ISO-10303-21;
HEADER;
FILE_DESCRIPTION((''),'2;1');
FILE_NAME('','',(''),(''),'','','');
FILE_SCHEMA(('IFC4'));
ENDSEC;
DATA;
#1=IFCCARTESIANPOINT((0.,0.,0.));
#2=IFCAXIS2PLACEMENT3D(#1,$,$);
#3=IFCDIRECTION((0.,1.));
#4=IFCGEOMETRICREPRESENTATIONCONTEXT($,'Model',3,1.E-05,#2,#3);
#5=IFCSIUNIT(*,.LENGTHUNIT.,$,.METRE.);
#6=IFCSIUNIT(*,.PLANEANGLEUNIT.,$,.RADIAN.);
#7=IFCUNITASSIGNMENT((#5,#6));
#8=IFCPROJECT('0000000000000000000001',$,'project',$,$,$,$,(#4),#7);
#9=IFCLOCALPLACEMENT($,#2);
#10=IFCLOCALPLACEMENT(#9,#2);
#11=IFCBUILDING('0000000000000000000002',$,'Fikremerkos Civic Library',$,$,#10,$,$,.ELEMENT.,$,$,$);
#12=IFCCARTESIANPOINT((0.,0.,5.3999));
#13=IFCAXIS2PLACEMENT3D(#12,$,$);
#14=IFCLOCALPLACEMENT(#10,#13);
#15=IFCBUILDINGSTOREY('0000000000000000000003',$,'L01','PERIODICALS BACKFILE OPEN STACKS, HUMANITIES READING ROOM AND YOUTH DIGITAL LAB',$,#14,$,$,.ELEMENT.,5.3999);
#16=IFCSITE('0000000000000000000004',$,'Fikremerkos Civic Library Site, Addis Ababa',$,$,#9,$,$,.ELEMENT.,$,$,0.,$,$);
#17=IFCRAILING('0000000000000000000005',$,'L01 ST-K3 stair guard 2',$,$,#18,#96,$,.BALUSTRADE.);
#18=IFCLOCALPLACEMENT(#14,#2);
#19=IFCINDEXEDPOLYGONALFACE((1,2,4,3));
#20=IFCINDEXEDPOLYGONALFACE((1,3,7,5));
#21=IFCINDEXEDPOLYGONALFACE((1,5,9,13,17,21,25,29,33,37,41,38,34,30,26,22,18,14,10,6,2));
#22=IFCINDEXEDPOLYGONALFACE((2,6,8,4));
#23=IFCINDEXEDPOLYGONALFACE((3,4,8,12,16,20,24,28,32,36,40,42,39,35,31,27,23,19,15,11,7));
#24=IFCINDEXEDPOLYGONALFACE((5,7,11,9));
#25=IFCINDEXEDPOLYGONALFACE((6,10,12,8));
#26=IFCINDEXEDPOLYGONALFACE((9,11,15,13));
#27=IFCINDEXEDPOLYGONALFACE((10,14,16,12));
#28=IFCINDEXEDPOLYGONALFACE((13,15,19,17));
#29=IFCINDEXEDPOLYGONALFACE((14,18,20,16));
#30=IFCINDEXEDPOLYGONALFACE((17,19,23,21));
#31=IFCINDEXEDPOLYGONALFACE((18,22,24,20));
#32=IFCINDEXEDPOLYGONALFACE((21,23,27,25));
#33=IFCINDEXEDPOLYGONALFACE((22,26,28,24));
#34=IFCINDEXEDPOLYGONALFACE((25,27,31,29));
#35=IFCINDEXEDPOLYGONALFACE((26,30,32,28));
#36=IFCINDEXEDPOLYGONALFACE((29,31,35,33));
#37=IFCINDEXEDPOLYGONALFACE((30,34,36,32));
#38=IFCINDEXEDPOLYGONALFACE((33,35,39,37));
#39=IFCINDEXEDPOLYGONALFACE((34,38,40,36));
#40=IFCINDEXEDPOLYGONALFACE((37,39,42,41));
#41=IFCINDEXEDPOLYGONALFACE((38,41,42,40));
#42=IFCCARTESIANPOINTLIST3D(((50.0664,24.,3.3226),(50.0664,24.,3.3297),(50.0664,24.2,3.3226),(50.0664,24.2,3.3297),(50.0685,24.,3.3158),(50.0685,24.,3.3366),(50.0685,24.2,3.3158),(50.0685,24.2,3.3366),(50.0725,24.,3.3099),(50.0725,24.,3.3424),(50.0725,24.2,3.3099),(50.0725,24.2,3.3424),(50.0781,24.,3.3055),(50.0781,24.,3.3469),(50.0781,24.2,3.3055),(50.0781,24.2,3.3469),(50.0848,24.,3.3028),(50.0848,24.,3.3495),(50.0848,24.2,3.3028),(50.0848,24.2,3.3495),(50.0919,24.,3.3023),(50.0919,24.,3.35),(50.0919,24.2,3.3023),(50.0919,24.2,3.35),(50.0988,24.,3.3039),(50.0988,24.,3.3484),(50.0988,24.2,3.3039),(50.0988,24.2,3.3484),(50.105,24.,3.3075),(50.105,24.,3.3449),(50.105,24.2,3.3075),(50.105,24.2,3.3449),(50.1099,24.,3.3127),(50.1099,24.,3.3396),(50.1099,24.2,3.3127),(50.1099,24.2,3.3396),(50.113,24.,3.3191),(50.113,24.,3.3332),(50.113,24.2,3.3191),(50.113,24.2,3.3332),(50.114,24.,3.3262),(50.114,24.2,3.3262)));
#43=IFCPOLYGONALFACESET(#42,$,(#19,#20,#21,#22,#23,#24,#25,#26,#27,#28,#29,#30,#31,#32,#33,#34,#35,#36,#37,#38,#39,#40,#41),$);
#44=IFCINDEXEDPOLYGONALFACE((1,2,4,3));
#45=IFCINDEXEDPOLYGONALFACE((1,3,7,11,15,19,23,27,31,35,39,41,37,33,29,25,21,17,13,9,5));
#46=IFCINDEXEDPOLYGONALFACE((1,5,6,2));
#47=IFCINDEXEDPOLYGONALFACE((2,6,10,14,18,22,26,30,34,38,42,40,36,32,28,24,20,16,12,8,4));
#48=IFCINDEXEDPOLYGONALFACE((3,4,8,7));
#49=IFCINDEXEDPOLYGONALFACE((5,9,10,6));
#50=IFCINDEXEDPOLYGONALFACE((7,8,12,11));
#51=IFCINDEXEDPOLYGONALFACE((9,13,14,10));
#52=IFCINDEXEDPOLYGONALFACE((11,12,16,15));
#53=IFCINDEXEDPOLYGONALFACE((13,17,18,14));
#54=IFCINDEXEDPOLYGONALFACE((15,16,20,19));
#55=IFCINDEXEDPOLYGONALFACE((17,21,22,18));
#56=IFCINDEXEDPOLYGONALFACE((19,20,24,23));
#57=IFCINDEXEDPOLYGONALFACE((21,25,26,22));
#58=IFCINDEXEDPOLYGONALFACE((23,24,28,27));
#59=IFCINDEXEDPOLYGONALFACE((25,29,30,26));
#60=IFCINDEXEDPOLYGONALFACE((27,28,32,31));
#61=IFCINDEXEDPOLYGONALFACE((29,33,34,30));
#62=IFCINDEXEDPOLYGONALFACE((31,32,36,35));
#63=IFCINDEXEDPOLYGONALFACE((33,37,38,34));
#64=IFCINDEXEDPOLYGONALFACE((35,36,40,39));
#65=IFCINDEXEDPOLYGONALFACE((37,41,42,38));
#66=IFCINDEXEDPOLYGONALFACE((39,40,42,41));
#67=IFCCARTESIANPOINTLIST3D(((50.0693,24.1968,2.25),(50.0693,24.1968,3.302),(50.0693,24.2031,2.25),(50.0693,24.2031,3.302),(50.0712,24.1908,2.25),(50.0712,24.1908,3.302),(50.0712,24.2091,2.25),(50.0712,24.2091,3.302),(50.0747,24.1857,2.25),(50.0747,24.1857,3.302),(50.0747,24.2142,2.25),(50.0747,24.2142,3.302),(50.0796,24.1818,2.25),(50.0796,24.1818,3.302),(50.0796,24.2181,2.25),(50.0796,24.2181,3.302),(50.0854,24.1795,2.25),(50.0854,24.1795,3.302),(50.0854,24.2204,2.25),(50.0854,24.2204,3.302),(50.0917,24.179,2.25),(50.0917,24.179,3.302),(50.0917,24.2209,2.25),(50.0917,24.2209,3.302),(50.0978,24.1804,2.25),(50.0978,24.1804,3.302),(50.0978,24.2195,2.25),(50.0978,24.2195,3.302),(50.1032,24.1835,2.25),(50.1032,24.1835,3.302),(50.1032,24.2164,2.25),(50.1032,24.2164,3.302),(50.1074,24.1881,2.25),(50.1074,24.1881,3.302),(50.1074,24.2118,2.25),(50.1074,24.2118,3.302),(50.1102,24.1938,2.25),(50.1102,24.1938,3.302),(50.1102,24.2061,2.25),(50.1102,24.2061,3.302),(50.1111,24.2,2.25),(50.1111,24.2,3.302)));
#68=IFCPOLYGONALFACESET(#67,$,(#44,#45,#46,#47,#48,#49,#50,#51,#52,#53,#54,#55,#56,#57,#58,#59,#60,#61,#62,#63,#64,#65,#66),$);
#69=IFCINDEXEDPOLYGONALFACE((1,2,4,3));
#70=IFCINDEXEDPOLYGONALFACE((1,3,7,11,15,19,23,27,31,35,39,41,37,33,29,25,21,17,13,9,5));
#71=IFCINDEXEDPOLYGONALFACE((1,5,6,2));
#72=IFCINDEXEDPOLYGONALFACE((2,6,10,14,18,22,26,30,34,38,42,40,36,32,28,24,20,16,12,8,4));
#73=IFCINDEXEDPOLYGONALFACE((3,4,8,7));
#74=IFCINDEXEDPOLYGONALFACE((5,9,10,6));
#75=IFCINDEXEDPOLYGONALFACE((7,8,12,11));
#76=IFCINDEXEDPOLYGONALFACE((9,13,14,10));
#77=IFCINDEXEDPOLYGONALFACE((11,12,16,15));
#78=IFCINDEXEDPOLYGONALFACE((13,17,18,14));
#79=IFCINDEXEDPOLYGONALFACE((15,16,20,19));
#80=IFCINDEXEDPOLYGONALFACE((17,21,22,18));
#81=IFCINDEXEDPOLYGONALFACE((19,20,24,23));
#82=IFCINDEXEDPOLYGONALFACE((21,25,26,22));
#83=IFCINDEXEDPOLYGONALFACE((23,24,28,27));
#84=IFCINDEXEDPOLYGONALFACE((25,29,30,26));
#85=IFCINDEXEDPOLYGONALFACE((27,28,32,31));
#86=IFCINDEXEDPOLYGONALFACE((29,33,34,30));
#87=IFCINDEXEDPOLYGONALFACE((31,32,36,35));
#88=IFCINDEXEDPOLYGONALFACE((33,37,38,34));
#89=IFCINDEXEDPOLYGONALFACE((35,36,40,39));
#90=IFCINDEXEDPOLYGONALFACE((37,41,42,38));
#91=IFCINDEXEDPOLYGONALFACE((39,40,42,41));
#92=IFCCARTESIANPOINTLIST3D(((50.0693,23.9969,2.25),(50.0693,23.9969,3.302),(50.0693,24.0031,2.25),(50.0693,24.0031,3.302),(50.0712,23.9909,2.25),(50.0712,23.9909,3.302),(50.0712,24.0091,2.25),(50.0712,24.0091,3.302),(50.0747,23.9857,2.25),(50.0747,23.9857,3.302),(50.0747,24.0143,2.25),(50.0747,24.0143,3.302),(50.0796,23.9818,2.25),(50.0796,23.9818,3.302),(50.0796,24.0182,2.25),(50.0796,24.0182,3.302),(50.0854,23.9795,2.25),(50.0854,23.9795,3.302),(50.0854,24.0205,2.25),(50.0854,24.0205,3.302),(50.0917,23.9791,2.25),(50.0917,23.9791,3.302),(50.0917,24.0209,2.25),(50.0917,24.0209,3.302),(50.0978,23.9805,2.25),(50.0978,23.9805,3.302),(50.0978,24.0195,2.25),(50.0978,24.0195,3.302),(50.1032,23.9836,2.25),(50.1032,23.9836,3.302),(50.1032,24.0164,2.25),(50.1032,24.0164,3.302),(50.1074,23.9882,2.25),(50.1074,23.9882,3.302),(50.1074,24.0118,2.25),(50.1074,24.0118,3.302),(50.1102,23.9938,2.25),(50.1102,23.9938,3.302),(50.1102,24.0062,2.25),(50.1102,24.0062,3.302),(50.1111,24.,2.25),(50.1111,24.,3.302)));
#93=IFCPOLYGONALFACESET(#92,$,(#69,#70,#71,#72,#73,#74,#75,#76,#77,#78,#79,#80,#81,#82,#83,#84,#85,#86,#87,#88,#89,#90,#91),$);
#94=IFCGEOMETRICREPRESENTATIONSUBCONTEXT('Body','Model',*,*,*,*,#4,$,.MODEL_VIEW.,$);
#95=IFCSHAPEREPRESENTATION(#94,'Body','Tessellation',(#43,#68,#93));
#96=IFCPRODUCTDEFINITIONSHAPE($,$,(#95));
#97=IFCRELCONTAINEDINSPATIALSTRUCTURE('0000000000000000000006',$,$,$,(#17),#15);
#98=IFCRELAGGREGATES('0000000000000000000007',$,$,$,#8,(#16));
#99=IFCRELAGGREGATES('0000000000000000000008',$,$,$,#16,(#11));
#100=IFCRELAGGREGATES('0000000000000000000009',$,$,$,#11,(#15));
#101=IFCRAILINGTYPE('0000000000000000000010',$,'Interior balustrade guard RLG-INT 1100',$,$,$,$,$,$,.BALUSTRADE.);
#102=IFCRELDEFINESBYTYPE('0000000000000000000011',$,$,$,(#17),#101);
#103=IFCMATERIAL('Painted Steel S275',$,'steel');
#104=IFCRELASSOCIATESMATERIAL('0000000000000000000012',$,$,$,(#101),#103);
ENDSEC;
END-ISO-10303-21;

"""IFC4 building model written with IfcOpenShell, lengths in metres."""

from ifc_helpers import new_model, si_unit, direction, frame, origin, origin_2d, place, context, subcontext, project, spatial, circle, extrude, material, type_object, element, save


model = new_model("IFC4")

# Units and contexts
model_context = context("Model", 3, precision=1e-05, world=origin(), true_north=direction((0.0, 1.0)))
body_context = subcontext(model_context, "Body", "Model", "MODEL_VIEW")
ifc_project = project(units=[si_unit("LENGTHUNIT", "METRE"), si_unit("PLANEANGLEUNIT", "RADIAN")], contexts=[model_context])

# Site, building, storey
site_placement = place(None, origin())
site = spatial("IfcSite", under=ifc_project, at=site_placement, Name="Fikremerkos Civic Library Site, Addis Ababa", CompositionType="ELEMENT", RefElevation=0.0)
building_placement = place(site_placement, origin())
building = spatial("IfcBuilding", under=site, at=building_placement, Name="Fikremerkos Civic Library", CompositionType="ELEMENT")
storey_placement = place(building_placement, frame((0.0, 0.0, 5.3999)))
storey = spatial("IfcBuildingStorey", under=building, at=storey_placement, Name="L01", Description="PERIODICALS BACKFILE OPEN STACKS, HUMANITIES READING ROOM AND YOUTH DIGITAL LAB", CompositionType="ELEMENT", Elevation=5.3999)

# Railing
ifc_material_1 = material(Name="Painted Steel S275", Category="steel")
railing_type_1 = type_object("IfcRailingType", Name="Interior balustrade guard RLG-INT 1100", PredefinedType="BALUSTRADE", material=ifc_material_1)
railing_1_placement = place(storey_placement, frame((50.0901, 24.2, 2.25)))
element("IfcRailing", 1, at=railing_1_placement, inside=storey, type_object=railing_type_1, Name="L01 ST-K3 stair guard 2", PredefinedType="BALUSTRADE", context=body_context, shape_type="SweptSolid", body=[
    extrude(circle(Radius=0.0239, at=origin_2d()), frame((0.0, 0.0, 1.0762), z_axis=(0.0, -1.0, 0.0), x_axis=(1.0, 0.0, 0.0)), (0.0, 0.0, 1.0), 0.2),
    extrude(circle(Radius=0.021, at=origin_2d()), origin(), (0.0, 0.0, 1.0), 1.052),
    extrude(circle(Radius=0.021, at=origin_2d()), frame((0.0, -0.2, 0.0)), (0.0, 0.0, 1.0), 1.052),
])

save(model, "model.ifc")
